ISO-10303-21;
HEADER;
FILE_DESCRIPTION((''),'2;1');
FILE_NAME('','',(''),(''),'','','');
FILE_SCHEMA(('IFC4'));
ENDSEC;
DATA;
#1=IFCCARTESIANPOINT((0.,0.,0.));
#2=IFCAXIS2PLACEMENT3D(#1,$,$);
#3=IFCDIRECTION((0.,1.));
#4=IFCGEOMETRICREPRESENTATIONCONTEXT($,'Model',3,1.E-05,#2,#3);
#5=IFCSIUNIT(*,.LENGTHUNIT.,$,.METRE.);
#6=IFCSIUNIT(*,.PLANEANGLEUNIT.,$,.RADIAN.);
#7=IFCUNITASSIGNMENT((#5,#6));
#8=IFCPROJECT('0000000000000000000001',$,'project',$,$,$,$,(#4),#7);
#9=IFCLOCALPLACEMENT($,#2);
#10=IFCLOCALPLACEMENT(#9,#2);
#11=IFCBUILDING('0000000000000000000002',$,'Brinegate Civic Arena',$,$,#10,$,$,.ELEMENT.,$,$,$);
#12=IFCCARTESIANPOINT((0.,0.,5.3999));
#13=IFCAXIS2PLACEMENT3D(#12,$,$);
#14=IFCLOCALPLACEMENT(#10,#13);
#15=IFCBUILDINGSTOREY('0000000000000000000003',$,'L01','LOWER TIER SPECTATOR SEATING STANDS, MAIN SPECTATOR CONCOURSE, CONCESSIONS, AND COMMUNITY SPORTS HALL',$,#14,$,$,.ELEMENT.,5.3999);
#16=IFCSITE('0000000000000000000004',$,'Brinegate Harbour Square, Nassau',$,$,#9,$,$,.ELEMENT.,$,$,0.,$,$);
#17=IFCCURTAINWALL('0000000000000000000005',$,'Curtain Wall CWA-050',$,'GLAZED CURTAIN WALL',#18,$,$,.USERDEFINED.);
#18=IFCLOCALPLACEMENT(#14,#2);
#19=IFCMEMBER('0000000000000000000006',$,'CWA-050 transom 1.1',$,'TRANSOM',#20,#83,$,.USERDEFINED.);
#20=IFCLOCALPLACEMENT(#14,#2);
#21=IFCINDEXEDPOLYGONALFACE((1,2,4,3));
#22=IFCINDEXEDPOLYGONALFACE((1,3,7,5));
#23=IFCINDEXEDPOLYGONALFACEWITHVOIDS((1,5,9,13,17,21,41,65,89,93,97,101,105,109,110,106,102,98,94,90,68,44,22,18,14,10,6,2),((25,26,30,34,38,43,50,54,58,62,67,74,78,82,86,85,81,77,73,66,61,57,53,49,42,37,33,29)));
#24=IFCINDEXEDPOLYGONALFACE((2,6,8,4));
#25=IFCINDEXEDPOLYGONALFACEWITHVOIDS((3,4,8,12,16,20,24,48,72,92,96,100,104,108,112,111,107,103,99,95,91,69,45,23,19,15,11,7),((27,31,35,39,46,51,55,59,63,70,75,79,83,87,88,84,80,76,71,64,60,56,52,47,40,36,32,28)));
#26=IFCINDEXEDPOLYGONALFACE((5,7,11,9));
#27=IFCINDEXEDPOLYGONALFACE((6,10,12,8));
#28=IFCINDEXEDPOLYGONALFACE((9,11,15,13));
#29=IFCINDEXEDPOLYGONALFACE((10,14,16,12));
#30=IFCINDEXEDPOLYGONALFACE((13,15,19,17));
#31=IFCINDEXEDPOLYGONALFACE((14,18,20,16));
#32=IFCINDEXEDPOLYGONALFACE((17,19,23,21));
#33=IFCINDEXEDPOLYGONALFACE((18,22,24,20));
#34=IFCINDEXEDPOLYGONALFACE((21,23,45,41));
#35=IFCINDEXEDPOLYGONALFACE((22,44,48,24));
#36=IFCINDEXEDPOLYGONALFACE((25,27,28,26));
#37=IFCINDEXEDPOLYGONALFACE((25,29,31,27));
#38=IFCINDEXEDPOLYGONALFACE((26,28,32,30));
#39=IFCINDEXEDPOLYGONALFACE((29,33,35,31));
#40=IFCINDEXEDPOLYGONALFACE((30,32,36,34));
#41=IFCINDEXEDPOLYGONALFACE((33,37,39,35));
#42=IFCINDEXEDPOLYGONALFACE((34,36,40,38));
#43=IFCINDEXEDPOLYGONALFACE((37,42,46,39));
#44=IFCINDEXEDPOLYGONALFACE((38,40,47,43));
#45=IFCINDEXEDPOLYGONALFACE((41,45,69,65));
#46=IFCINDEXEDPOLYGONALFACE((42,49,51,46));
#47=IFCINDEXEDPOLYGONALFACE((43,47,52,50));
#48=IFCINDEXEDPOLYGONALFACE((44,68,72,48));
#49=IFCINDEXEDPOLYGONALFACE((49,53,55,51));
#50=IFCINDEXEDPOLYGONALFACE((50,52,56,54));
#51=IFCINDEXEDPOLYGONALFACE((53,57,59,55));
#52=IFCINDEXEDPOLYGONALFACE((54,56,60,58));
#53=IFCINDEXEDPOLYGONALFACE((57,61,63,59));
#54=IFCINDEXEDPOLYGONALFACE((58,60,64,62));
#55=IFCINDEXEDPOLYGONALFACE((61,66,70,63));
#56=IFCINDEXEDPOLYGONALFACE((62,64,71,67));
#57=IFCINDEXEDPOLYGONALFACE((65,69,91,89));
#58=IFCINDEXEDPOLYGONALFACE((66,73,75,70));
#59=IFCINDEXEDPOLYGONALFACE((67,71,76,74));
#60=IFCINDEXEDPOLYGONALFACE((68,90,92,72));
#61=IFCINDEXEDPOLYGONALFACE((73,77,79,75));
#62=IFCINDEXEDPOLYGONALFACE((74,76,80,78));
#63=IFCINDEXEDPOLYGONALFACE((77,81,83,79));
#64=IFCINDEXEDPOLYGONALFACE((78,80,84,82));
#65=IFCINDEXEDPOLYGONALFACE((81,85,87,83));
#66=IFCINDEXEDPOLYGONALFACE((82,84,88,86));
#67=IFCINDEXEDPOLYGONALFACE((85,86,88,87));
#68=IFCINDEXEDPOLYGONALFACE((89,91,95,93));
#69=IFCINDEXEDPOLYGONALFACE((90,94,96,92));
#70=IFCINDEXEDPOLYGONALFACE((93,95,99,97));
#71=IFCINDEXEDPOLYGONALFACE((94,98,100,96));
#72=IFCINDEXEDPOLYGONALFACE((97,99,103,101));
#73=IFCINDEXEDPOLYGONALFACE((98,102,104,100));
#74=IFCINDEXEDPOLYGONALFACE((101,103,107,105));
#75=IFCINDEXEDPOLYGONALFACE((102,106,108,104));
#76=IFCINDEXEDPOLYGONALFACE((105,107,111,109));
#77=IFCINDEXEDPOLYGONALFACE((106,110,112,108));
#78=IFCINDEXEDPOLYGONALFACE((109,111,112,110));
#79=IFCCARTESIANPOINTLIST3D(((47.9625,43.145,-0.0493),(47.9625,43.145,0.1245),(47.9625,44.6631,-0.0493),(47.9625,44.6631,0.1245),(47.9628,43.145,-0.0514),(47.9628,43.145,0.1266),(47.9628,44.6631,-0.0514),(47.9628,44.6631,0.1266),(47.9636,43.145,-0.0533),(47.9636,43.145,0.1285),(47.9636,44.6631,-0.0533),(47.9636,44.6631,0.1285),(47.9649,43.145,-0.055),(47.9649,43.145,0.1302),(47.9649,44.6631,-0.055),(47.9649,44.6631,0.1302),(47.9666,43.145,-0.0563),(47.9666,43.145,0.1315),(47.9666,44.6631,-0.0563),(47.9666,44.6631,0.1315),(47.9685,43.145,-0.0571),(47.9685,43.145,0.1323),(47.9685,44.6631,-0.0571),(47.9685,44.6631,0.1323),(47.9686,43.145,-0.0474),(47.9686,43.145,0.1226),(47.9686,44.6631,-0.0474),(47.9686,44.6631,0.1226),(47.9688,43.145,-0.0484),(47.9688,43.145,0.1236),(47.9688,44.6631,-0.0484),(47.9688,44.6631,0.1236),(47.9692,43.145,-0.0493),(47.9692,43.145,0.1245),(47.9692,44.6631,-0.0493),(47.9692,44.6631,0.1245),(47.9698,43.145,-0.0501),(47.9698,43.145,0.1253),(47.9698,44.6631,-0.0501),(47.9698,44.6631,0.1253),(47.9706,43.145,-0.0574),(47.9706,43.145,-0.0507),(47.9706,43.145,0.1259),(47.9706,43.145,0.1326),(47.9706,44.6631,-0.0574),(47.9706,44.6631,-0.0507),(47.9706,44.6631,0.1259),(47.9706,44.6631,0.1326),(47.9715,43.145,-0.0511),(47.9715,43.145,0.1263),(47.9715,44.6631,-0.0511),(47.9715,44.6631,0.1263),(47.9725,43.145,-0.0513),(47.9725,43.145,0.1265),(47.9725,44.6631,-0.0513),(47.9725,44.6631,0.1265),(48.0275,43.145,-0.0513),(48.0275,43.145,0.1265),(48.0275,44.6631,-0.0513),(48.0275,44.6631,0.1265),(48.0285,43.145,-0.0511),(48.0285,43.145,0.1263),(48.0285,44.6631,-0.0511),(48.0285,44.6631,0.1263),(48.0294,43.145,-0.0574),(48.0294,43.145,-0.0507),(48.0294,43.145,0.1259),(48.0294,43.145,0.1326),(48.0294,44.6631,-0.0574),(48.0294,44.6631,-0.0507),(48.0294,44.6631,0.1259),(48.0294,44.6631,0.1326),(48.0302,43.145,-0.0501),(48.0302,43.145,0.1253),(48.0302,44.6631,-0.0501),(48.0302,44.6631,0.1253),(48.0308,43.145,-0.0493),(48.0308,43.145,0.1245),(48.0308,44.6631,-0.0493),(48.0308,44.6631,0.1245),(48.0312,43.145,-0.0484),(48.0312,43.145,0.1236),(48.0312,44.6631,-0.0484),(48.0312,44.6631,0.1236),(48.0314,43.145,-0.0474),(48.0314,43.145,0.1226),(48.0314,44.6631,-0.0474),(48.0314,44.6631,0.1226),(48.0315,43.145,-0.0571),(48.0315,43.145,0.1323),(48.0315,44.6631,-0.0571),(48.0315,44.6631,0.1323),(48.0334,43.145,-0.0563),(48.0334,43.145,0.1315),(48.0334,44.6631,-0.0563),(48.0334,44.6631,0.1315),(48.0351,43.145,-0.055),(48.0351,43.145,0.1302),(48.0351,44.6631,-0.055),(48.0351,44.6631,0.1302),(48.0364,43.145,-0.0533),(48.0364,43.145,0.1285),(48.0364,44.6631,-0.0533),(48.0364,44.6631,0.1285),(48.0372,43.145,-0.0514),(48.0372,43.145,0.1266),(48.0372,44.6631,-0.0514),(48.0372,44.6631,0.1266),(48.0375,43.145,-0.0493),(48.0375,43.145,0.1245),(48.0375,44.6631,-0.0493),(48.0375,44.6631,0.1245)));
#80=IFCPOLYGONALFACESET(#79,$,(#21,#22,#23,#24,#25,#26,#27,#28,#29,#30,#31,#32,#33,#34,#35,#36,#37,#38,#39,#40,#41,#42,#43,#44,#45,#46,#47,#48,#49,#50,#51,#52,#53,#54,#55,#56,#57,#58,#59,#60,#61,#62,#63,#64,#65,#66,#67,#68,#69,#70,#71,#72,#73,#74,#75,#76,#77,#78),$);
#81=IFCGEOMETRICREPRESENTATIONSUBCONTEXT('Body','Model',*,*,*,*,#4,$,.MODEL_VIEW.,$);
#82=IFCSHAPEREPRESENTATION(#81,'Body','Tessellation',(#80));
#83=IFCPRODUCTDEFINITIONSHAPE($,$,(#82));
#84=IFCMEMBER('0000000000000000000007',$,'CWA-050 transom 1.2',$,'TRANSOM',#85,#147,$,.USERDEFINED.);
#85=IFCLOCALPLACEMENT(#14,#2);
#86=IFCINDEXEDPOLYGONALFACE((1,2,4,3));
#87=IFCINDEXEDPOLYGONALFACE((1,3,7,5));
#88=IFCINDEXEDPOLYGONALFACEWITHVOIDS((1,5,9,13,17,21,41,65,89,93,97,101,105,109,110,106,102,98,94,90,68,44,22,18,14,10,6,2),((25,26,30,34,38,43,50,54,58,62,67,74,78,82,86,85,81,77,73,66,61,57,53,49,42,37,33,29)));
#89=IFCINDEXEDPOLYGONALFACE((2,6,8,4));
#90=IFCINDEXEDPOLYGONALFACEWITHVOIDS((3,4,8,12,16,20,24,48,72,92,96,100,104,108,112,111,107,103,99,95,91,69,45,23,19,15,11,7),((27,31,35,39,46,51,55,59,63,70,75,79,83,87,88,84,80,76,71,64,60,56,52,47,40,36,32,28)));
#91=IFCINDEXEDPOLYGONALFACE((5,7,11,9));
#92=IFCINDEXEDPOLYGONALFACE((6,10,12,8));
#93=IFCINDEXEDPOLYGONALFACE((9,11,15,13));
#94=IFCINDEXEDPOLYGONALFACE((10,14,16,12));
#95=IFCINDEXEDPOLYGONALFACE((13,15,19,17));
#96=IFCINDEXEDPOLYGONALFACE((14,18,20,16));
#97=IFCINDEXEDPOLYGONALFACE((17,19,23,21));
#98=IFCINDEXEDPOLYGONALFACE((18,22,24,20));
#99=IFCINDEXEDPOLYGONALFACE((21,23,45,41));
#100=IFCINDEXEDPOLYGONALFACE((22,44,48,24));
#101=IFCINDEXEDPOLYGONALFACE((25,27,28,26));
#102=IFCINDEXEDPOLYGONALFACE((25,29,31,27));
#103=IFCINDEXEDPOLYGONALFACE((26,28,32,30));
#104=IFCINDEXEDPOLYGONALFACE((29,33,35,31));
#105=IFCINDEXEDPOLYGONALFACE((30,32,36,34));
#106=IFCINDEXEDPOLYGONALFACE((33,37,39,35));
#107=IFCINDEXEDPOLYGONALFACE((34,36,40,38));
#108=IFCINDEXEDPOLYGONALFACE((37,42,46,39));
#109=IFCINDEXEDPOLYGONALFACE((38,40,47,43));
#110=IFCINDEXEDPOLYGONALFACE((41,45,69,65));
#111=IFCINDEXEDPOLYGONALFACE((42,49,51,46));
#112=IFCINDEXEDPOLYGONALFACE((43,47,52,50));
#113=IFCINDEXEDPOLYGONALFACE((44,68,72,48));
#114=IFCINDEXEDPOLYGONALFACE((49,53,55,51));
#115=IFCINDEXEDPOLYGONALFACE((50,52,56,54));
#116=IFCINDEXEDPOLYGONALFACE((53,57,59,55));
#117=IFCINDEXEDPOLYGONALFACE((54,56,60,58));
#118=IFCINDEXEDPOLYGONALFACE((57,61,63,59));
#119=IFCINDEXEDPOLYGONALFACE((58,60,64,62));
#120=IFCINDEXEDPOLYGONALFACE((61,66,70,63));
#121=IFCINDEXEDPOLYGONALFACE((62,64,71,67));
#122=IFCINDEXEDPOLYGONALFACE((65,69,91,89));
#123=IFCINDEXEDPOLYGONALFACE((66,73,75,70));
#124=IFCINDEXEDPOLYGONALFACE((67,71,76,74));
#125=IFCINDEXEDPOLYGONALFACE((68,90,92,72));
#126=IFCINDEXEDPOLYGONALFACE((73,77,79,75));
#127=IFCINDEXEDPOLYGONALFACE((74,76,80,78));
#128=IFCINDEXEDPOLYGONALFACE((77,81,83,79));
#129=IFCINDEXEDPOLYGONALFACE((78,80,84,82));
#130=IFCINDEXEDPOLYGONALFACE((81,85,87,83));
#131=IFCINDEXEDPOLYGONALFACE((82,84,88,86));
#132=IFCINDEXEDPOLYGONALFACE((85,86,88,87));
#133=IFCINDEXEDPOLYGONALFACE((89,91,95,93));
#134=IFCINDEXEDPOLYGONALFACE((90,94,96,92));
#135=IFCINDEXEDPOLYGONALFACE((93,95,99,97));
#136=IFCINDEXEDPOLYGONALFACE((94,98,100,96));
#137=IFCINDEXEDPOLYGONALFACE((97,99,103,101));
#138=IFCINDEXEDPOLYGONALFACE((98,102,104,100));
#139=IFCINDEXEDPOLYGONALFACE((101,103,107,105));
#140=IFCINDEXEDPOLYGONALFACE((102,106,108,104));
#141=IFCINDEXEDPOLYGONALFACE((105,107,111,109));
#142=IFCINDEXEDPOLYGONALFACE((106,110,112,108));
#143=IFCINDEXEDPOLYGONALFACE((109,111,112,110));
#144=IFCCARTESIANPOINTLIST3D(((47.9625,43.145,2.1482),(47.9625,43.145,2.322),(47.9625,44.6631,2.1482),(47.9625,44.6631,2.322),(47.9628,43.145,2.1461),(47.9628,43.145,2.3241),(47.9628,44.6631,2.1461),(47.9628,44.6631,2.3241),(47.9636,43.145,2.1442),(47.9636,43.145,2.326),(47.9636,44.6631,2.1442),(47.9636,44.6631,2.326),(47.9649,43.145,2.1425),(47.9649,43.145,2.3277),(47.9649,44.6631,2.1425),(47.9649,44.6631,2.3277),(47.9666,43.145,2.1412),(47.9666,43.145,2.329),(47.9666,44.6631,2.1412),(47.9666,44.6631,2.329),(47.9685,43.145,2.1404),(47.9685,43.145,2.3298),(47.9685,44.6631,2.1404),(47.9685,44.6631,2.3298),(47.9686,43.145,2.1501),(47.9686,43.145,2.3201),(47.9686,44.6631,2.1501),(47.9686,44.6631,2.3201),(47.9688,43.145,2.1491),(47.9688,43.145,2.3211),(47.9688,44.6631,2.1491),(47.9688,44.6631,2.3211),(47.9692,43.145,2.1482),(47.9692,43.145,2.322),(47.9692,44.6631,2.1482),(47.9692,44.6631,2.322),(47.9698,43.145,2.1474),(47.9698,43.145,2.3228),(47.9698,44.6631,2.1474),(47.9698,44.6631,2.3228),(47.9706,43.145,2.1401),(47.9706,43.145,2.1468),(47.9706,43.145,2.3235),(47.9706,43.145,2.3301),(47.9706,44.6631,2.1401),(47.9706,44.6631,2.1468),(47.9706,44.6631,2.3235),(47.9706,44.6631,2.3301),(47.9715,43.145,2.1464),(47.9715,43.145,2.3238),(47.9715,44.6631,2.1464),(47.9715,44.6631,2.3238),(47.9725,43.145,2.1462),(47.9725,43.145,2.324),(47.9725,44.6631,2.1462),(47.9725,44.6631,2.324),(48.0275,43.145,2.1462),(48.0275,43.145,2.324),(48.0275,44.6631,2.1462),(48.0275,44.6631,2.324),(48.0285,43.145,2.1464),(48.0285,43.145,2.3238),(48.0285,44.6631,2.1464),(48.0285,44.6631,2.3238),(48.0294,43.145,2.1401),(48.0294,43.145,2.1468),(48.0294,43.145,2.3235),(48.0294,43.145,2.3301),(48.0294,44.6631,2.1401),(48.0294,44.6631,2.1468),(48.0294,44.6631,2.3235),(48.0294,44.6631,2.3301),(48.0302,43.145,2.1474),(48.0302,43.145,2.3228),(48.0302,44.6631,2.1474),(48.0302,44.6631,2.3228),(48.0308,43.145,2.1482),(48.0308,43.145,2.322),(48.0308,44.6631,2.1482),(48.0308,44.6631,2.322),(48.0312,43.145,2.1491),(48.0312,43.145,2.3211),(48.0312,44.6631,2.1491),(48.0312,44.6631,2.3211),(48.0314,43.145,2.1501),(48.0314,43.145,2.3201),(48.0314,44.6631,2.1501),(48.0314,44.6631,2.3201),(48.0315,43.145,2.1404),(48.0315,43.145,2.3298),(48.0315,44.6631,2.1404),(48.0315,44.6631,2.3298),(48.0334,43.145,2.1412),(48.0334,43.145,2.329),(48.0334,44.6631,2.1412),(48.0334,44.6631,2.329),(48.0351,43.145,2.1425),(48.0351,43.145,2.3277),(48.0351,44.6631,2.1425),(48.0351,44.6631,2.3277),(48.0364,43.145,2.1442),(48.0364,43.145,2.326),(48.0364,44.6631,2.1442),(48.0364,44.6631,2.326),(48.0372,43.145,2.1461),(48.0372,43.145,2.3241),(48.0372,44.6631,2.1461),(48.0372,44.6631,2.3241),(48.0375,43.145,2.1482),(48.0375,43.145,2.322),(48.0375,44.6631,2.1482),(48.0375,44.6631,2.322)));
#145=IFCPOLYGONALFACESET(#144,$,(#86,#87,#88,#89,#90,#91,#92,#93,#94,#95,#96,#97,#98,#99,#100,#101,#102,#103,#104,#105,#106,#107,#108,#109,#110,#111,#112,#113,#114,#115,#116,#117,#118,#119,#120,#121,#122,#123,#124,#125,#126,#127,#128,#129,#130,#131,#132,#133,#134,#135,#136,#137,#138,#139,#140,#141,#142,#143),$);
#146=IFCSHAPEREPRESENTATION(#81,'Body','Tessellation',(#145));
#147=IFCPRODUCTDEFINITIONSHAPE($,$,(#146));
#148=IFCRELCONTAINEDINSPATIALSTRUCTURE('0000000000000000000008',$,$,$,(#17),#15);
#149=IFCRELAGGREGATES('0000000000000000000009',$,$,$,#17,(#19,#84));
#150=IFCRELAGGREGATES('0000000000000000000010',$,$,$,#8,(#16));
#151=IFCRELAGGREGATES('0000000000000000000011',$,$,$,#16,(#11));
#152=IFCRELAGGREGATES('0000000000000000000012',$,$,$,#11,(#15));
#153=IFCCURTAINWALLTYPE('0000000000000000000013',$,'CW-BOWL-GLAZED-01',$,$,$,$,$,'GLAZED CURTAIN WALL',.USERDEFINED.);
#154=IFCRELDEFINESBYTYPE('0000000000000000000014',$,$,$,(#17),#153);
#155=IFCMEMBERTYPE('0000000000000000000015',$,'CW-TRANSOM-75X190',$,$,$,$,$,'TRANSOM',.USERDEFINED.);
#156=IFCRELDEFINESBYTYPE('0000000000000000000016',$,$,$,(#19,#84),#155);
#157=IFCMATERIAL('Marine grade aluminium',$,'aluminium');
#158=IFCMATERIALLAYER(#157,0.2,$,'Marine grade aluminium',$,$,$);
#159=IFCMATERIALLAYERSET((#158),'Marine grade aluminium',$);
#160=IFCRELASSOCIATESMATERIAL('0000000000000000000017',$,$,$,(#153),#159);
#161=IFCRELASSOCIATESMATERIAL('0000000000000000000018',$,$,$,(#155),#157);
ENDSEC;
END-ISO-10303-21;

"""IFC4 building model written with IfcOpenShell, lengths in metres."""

from ifc_helpers import new_model, si_unit, direction, frame, origin, origin_2d, place, context, subcontext, project, spatial, hollow_rectangle, extrude, material, layer, layer_set, material_profile, profile_set, type_object, element, aggregate, save


model = new_model("IFC4")

# Units and contexts
model_context = context("Model", 3, precision=1e-05, world=origin(), true_north=direction((0.0, 1.0)))
body_context = subcontext(model_context, "Body", "Model", "MODEL_VIEW")
ifc_project = project(units=[si_unit("LENGTHUNIT", "METRE"), si_unit("PLANEANGLEUNIT", "RADIAN")], contexts=[model_context])

# Site, building, storey
site_placement = place(None, origin())
site = spatial("IfcSite", under=ifc_project, at=site_placement, Name="Brinegate Harbour Square, Nassau", CompositionType="ELEMENT", RefElevation=0.0)
building_placement = place(site_placement, origin())
building = spatial("IfcBuilding", under=site, at=building_placement, Name="Brinegate Civic Arena", CompositionType="ELEMENT")
storey_placement = place(building_placement, frame((0.0, 0.0, 5.3999)))
storey = spatial("IfcBuildingStorey", under=building, at=storey_placement, Name="L01", Description="LOWER TIER SPECTATOR SEATING STANDS, MAIN SPECTATOR CONCOURSE, CONCESSIONS, AND COMMUNITY SPORTS HALL", CompositionType="ELEMENT", Elevation=5.3999)

# Curtain wall
ifc_material_1 = material(Name="Marine grade aluminium", Category="aluminium")
ifc_layer_1 = layer(ifc_material_1, 0.2, Name="Marine grade aluminium")
ifc_layer_set_1 = layer_set([ifc_layer_1], Name="Marine grade aluminium")
curtain_wall_type = type_object("IfcCurtainWallType", Name="CW-BOWL-GLAZED-01", ElementType="GLAZED CURTAIN WALL", PredefinedType="USERDEFINED", material=ifc_layer_set_1)
curtain_wall_1_placement = place(storey_placement, origin())
curtain_wall_1 = element("IfcCurtainWall", 1, at=curtain_wall_1_placement, inside=storey, type_object=curtain_wall_type, Name="Curtain Wall CWA-050", ObjectType="GLAZED CURTAIN WALL", PredefinedType="USERDEFINED")

# Members
ifc_material_profile_1 = material_profile(ifc_material_1, hollow_rectangle(XDim=0.075, YDim=0.1899, WallThickness=0.0061, InnerFilletRadius=0.0039, OuterFilletRadius=0.0081, at=origin_2d()), Name="TRN75X190")
ifc_profile_set_1 = profile_set([ifc_material_profile_1], Name="Marine grade aluminium")
member_type_1 = type_object("IfcMemberType", Name="CW-TRANSOM-75X190", ElementType="TRANSOM", PredefinedType="USERDEFINED", material=ifc_profile_set_1)
member_1_placement = place(storey_placement, frame((48.0, 43.145, 0.0376), z_axis=(0.0, 1.0, 0.0), x_axis=(-1.0, 0.0, 0.0)))
member_1 = element("IfcMember", 2, at=member_1_placement, type_object=member_type_1, Name="CWA-050 transom 1.1", ObjectType="TRANSOM", PredefinedType="USERDEFINED", context=body_context, shape_type="SweptSolid", body=[
    extrude(hollow_rectangle(XDim=0.075, YDim=0.1899, WallThickness=0.0061, InnerFilletRadius=0.0039, OuterFilletRadius=0.0081, at=origin_2d()), origin(), (0.0, 0.0, 1.0), 1.5181),
])
member_2_placement = place(storey_placement, frame((48.0, 43.145, 2.2351), z_axis=(0.0, 1.0, 0.0), x_axis=(-1.0, 0.0, 0.0)))
member_2 = element("IfcMember", 3, at=member_2_placement, type_object=member_type_1, Name="CWA-050 transom 1.2", ObjectType="TRANSOM", PredefinedType="USERDEFINED", context=body_context, shape_type="SweptSolid", body=[
    extrude(hollow_rectangle(XDim=0.075, YDim=0.1899, WallThickness=0.0061, InnerFilletRadius=0.0039, OuterFilletRadius=0.0081, at=origin_2d()), origin(), (0.0, 0.0, 1.0), 1.5181),
])

aggregate(curtain_wall_1, [member_1, member_2])

save(model, "model.ifc")
